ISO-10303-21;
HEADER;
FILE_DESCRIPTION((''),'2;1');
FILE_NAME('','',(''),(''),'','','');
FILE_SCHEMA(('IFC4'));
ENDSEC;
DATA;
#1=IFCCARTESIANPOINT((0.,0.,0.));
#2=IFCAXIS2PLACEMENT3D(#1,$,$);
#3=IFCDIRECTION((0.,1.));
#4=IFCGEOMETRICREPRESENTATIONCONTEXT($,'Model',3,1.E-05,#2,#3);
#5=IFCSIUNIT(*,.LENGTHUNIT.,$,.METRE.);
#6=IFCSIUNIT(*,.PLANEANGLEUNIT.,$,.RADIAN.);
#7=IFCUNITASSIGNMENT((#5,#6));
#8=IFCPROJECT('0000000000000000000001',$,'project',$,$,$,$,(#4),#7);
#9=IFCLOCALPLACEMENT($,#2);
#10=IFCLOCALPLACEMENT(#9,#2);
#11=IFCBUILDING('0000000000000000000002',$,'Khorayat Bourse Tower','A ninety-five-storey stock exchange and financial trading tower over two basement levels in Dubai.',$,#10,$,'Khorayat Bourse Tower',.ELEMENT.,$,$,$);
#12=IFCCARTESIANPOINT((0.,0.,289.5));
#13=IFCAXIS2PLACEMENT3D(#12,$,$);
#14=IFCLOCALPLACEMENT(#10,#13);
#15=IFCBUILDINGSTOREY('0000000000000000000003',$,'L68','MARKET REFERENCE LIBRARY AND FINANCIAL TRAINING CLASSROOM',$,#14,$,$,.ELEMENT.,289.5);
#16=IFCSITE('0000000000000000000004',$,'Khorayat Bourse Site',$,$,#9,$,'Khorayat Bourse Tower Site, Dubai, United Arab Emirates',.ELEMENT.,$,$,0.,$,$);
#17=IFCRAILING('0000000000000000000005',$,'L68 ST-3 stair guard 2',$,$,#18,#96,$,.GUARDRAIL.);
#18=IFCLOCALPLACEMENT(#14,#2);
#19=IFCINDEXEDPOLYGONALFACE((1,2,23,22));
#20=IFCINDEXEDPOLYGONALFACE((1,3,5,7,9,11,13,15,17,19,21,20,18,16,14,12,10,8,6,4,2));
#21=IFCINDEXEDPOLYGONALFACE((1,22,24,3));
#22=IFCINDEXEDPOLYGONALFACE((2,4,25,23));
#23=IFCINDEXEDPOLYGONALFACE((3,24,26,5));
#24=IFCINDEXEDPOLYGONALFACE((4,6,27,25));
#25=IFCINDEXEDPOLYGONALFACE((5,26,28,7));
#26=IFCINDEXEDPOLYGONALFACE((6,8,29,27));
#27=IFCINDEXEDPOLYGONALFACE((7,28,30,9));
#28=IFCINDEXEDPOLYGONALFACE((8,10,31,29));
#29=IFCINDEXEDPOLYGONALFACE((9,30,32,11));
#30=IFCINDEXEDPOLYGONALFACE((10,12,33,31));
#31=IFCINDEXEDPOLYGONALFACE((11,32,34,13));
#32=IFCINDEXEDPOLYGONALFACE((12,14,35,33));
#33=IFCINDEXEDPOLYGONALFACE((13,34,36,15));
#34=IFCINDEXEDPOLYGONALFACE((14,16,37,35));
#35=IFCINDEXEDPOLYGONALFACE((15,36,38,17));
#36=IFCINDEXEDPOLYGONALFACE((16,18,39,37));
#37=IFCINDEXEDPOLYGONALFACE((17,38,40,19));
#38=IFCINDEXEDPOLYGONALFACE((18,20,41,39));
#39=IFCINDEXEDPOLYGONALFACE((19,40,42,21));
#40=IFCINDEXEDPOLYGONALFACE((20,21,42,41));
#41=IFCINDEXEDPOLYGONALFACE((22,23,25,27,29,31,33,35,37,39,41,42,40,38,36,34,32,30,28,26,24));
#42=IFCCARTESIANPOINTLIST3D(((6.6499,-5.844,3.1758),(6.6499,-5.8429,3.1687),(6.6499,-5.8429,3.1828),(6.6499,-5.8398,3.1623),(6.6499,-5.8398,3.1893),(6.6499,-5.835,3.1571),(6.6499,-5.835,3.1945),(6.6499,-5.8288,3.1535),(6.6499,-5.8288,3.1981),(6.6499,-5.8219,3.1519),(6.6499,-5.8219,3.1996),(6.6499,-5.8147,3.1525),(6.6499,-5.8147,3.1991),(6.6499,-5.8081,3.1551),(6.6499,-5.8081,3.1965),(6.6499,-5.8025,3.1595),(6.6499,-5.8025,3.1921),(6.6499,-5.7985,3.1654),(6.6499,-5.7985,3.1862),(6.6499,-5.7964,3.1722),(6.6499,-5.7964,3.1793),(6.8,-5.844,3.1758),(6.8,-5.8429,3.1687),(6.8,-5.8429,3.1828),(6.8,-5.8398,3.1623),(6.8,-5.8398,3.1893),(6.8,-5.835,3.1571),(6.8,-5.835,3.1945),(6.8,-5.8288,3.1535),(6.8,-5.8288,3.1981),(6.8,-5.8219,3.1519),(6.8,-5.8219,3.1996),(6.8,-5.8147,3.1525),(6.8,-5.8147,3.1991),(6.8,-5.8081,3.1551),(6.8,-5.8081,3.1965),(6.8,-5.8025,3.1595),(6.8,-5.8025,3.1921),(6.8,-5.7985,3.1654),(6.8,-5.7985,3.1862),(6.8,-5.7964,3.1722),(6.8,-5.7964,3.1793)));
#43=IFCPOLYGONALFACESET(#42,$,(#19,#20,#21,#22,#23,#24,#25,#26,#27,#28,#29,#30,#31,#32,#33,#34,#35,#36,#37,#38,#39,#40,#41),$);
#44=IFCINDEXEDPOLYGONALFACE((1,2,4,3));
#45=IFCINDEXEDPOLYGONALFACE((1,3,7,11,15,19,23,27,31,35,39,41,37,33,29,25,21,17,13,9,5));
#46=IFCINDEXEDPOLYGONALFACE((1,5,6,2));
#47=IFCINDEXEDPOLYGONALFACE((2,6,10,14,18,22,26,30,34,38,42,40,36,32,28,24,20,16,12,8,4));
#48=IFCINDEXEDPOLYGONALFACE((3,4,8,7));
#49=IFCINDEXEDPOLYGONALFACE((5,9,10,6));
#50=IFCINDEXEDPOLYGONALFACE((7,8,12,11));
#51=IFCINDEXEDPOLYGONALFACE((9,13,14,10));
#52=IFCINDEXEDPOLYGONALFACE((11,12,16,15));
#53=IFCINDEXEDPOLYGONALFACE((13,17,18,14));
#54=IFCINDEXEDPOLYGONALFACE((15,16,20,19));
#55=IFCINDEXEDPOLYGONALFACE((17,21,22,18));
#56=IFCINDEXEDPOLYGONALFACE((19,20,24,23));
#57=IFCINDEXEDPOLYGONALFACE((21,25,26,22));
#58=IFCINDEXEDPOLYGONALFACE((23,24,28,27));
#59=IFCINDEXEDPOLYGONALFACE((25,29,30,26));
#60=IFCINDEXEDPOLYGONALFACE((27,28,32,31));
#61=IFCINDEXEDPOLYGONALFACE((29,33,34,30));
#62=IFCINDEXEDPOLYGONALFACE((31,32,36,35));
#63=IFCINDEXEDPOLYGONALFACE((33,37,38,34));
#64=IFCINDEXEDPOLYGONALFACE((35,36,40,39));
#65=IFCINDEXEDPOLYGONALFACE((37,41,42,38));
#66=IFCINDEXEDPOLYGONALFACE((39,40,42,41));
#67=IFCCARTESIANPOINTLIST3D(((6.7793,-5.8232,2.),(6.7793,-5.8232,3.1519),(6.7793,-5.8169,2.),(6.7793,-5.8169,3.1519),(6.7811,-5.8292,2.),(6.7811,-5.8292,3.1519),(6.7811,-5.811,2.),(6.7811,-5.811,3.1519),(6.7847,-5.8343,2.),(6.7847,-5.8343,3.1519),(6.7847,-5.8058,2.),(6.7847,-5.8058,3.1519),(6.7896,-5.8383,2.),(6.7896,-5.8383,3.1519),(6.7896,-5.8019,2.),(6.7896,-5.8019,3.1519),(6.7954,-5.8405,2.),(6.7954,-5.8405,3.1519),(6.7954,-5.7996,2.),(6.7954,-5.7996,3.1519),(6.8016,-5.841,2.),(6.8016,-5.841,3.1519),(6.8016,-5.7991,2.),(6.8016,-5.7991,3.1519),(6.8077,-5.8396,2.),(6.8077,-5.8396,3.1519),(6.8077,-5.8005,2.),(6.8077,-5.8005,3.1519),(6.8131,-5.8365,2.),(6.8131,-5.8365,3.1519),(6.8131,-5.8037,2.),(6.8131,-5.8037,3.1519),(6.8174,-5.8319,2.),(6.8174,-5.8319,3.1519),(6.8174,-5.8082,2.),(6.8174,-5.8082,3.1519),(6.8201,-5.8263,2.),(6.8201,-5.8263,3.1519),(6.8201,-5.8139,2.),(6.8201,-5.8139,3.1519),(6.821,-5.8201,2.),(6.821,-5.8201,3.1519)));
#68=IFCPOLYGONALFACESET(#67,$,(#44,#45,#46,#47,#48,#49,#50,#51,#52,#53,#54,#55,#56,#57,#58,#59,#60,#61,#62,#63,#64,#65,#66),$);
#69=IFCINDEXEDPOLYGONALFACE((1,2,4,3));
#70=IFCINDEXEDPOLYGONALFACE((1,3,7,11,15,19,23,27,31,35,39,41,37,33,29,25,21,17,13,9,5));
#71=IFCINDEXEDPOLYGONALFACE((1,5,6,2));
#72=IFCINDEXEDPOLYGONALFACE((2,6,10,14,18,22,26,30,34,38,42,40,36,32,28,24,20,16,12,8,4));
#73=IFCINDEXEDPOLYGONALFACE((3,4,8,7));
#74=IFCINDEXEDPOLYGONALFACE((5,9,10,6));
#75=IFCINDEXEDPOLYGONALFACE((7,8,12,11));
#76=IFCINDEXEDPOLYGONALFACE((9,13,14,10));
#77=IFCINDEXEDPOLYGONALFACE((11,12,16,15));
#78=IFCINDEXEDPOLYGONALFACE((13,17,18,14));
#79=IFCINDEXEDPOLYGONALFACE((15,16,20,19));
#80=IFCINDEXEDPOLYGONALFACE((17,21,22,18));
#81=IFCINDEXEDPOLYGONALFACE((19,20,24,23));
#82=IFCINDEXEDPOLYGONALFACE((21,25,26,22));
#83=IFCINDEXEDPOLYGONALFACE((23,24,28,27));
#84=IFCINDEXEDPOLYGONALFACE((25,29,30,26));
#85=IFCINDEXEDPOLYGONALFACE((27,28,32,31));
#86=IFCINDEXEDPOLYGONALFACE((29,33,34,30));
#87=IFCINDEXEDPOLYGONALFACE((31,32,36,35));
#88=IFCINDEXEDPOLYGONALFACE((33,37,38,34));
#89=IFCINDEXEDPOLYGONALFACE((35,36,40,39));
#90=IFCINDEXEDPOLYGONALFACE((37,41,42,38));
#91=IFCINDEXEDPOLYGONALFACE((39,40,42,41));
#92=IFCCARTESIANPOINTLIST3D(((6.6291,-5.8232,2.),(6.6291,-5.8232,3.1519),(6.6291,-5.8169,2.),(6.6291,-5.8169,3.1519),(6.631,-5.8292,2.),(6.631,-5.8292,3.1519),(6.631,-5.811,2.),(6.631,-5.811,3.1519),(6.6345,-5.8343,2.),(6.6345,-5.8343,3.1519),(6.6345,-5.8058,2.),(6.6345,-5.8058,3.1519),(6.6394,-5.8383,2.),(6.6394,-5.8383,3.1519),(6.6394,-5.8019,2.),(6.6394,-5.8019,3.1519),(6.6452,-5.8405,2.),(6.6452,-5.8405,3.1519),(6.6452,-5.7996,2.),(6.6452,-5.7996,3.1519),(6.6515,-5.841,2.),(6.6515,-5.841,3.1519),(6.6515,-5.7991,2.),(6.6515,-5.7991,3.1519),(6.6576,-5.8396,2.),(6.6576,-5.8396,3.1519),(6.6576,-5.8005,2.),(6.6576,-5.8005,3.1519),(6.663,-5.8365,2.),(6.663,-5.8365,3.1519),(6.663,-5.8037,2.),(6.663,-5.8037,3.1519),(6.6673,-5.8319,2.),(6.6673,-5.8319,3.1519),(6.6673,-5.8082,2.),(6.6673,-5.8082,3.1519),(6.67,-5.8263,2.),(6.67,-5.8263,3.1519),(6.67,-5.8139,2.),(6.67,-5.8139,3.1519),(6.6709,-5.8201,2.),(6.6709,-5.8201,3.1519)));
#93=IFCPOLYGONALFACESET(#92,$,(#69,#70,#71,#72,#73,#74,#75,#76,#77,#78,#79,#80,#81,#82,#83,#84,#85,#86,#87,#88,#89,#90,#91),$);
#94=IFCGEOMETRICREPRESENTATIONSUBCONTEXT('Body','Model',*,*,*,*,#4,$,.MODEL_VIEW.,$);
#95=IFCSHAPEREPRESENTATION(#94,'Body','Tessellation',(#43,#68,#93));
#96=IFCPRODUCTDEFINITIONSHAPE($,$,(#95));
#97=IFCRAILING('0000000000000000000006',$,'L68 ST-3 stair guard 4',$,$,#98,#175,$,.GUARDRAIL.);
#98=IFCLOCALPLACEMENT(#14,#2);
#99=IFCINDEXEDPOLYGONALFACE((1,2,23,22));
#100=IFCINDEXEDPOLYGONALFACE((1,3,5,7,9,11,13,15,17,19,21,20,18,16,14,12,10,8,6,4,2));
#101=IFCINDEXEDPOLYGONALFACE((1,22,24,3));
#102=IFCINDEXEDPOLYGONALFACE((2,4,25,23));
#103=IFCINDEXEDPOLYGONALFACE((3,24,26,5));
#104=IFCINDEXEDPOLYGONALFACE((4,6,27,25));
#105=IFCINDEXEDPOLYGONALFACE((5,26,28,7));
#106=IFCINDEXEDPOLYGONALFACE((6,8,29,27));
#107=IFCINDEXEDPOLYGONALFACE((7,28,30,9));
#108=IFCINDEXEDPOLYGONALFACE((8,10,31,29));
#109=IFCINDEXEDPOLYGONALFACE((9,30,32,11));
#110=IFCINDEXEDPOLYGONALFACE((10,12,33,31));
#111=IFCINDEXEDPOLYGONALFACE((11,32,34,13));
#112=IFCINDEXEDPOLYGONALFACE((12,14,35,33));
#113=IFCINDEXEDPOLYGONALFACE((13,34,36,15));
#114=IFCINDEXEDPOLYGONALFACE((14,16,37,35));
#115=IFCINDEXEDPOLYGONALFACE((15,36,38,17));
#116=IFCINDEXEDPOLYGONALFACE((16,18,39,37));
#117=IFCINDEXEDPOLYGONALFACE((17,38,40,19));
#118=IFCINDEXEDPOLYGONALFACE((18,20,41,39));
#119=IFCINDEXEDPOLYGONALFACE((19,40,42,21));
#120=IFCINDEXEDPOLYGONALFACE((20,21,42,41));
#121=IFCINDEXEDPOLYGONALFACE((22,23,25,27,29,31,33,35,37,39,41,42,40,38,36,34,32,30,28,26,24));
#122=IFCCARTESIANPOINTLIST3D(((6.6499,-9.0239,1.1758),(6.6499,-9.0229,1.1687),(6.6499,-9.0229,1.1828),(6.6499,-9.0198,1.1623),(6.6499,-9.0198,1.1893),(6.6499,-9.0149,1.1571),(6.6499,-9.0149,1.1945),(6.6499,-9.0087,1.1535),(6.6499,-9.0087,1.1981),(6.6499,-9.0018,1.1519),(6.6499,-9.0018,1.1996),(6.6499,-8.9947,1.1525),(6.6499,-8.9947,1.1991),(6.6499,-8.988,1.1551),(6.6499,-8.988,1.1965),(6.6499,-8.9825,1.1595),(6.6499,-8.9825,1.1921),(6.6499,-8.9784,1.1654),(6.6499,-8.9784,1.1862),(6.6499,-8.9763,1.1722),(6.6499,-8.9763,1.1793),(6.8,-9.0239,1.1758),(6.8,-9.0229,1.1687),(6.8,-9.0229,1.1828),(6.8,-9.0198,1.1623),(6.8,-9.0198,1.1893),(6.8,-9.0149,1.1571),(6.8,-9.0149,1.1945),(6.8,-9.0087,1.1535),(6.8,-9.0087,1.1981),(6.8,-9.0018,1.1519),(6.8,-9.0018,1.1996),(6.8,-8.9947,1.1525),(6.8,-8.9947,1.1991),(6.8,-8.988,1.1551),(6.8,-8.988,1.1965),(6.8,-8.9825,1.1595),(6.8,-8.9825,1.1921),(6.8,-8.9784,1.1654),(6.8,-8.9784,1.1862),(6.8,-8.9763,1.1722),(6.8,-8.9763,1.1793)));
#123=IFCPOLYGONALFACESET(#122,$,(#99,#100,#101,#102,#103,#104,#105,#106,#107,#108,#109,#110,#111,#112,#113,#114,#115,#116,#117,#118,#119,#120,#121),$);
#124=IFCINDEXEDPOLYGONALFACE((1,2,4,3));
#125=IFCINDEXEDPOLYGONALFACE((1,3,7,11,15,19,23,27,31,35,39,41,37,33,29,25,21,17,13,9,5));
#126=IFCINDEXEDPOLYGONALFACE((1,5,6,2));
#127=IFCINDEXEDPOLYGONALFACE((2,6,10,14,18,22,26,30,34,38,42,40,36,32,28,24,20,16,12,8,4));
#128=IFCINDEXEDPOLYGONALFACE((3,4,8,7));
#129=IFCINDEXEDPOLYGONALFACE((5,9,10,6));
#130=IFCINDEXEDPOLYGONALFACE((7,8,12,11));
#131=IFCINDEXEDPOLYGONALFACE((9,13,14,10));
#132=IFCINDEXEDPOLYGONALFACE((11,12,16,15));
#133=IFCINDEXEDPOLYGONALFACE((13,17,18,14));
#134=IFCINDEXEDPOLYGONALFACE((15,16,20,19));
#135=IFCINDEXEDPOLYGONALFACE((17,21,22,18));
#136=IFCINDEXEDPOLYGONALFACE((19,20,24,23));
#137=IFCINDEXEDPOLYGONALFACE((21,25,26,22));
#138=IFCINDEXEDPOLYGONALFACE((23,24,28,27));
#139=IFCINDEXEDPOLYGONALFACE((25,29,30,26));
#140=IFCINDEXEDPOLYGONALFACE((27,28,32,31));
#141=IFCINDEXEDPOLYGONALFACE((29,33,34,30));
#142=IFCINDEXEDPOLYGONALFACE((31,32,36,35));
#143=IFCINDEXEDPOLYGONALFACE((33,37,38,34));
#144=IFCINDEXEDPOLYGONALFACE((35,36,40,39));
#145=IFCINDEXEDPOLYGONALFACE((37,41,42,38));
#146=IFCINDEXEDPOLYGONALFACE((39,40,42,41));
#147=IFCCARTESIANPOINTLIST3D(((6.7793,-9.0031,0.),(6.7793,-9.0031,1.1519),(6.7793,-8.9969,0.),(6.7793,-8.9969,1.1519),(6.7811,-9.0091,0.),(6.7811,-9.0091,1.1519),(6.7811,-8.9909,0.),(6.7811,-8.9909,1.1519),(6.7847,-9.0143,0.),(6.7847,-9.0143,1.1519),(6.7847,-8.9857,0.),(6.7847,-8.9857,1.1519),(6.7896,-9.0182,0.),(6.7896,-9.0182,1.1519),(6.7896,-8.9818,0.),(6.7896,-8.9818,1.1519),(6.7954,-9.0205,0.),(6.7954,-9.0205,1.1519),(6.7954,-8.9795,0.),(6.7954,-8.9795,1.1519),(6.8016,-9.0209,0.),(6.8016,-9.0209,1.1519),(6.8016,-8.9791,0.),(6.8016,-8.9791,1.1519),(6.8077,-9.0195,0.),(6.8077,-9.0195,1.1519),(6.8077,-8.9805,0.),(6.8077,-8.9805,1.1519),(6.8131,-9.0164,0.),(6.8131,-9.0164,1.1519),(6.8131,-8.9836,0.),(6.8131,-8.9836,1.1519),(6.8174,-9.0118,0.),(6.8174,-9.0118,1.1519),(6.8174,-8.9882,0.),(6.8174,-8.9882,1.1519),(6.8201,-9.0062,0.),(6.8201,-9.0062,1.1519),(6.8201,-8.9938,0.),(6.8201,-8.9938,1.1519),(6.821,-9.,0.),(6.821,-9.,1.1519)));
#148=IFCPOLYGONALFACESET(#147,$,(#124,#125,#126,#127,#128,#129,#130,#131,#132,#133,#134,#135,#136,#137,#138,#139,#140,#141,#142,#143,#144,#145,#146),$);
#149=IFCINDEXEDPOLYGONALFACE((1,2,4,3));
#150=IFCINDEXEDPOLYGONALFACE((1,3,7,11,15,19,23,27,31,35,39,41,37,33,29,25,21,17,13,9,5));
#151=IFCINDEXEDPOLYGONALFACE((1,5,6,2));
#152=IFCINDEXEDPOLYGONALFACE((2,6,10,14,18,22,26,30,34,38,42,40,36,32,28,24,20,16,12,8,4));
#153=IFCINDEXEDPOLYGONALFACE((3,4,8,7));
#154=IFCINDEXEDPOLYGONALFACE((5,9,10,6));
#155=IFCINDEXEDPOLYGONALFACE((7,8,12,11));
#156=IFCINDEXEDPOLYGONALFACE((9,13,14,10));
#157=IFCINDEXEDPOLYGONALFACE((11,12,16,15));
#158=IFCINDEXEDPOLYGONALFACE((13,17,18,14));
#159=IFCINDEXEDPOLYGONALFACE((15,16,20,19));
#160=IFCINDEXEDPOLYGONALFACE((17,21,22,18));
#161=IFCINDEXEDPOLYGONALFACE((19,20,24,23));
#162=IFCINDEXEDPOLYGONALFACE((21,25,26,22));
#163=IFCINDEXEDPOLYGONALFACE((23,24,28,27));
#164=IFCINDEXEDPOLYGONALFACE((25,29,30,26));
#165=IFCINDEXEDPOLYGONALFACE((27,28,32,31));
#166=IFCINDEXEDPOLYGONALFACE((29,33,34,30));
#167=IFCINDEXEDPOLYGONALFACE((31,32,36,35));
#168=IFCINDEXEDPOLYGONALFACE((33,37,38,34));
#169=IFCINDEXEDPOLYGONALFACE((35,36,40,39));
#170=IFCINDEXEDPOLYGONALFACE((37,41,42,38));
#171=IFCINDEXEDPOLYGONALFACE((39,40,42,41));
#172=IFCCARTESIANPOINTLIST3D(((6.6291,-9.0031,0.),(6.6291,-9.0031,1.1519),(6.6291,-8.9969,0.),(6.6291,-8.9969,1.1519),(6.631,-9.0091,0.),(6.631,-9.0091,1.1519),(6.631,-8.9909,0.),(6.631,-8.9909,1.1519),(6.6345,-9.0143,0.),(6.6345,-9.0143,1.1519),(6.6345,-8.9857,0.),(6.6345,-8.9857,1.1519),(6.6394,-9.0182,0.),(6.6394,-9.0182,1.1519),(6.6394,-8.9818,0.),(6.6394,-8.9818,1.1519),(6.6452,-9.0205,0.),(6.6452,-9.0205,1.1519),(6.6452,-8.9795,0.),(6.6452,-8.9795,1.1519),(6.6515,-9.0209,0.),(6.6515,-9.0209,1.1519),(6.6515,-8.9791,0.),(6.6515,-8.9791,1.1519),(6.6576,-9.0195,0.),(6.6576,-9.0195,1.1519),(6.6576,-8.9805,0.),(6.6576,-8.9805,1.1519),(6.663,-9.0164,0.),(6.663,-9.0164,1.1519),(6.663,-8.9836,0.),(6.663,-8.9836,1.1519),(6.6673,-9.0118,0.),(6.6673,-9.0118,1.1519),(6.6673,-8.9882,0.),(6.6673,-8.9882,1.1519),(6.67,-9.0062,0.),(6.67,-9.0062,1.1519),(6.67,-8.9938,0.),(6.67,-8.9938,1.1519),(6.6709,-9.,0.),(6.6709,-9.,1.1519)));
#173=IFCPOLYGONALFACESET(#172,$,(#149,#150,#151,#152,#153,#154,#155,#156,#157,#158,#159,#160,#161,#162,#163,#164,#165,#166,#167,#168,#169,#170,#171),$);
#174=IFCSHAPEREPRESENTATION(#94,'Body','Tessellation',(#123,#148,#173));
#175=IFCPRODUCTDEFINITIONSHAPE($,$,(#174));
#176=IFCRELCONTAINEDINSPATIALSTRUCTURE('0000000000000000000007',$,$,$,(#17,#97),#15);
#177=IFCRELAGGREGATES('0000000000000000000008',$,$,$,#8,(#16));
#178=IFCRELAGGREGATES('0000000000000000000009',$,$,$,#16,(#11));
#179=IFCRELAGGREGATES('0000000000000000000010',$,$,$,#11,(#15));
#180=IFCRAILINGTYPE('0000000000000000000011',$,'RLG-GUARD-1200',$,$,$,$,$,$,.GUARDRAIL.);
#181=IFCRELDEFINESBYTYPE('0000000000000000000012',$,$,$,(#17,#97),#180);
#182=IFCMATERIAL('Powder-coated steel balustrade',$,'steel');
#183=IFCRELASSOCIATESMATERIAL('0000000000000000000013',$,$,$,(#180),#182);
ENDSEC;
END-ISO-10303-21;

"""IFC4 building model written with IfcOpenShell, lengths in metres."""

from ifc_helpers import new_model, si_unit, direction, frame, origin, origin_2d, place, context, subcontext, project, spatial, circle, extrude, source, transform, mapped, material, type_object, element, save


model = new_model("IFC4")

# Units and contexts
model_context = context("Model", 3, precision=1e-05, world=origin(), true_north=direction((0.0, 1.0)))
body_context = subcontext(model_context, "Body", "Model", "MODEL_VIEW")
ifc_project = project(units=[si_unit("LENGTHUNIT", "METRE"), si_unit("PLANEANGLEUNIT", "RADIAN")], contexts=[model_context])

# Site, building, storey
site_placement = place(None, origin())
site = spatial("IfcSite", under=ifc_project, at=site_placement, Name="Khorayat Bourse Site", LongName="Khorayat Bourse Tower Site, Dubai, United Arab Emirates", CompositionType="ELEMENT", RefElevation=0.0)
building_placement = place(site_placement, origin())
building = spatial("IfcBuilding", under=site, at=building_placement, Name="Khorayat Bourse Tower", Description="A ninety-five-storey stock exchange and financial trading tower over two basement levels in Dubai.", LongName="Khorayat Bourse Tower", CompositionType="ELEMENT")
storey_placement = place(building_placement, frame((0.0, 0.0, 289.5)))
storey = spatial("IfcBuildingStorey", under=building, at=storey_placement, Name="L68", Description="MARKET REFERENCE LIBRARY AND FINANCIAL TRAINING CLASSROOM", CompositionType="ELEMENT", Elevation=289.5)

# Railings
ifc_material_1 = material(Name="Powder-coated steel balustrade", Category="steel")
railing_type_1 = type_object("IfcRailingType", Name="RLG-GUARD-1200", PredefinedType="GUARDRAIL", material=ifc_material_1)
shared_shape_1 = source(origin(), body_context, "Body", "SweptSolid", [
    extrude(circle(Radius=0.0239, at=origin_2d()), frame((0.0, 0.0, 1.1758), z_axis=(-1.0, 0.0, 0.0), x_axis=(0.0, -1.0, 0.0)), (0.0, 0.0, 1.0), 0.1501),
    extrude(circle(Radius=0.021, at=origin_2d()), origin(), (0.0, 0.0, 1.0), 1.1519),
    extrude(circle(Radius=0.021, at=origin_2d()), frame((-0.1501, 0.0, 0.0)), (0.0, 0.0, 1.0), 1.1519),
])
for number, where, name in (
    (1, (6.8, -5.8201, 2.0), "L68 ST-3 stair guard 2"),
    (2, (6.8, -9.0, 0.0), "L68 ST-3 stair guard 4"),
):
    element("IfcRailing", number, at=place(storey_placement, frame(where)), inside=storey, type_object=railing_type_1, Name=name, PredefinedType="GUARDRAIL", context=body_context, shape_type="MappedRepresentation", body=[
        mapped(shared_shape_1, transform((0.0, 0.0, 0.0), scale=1.0)),
    ])

save(model, "model.ifc")
